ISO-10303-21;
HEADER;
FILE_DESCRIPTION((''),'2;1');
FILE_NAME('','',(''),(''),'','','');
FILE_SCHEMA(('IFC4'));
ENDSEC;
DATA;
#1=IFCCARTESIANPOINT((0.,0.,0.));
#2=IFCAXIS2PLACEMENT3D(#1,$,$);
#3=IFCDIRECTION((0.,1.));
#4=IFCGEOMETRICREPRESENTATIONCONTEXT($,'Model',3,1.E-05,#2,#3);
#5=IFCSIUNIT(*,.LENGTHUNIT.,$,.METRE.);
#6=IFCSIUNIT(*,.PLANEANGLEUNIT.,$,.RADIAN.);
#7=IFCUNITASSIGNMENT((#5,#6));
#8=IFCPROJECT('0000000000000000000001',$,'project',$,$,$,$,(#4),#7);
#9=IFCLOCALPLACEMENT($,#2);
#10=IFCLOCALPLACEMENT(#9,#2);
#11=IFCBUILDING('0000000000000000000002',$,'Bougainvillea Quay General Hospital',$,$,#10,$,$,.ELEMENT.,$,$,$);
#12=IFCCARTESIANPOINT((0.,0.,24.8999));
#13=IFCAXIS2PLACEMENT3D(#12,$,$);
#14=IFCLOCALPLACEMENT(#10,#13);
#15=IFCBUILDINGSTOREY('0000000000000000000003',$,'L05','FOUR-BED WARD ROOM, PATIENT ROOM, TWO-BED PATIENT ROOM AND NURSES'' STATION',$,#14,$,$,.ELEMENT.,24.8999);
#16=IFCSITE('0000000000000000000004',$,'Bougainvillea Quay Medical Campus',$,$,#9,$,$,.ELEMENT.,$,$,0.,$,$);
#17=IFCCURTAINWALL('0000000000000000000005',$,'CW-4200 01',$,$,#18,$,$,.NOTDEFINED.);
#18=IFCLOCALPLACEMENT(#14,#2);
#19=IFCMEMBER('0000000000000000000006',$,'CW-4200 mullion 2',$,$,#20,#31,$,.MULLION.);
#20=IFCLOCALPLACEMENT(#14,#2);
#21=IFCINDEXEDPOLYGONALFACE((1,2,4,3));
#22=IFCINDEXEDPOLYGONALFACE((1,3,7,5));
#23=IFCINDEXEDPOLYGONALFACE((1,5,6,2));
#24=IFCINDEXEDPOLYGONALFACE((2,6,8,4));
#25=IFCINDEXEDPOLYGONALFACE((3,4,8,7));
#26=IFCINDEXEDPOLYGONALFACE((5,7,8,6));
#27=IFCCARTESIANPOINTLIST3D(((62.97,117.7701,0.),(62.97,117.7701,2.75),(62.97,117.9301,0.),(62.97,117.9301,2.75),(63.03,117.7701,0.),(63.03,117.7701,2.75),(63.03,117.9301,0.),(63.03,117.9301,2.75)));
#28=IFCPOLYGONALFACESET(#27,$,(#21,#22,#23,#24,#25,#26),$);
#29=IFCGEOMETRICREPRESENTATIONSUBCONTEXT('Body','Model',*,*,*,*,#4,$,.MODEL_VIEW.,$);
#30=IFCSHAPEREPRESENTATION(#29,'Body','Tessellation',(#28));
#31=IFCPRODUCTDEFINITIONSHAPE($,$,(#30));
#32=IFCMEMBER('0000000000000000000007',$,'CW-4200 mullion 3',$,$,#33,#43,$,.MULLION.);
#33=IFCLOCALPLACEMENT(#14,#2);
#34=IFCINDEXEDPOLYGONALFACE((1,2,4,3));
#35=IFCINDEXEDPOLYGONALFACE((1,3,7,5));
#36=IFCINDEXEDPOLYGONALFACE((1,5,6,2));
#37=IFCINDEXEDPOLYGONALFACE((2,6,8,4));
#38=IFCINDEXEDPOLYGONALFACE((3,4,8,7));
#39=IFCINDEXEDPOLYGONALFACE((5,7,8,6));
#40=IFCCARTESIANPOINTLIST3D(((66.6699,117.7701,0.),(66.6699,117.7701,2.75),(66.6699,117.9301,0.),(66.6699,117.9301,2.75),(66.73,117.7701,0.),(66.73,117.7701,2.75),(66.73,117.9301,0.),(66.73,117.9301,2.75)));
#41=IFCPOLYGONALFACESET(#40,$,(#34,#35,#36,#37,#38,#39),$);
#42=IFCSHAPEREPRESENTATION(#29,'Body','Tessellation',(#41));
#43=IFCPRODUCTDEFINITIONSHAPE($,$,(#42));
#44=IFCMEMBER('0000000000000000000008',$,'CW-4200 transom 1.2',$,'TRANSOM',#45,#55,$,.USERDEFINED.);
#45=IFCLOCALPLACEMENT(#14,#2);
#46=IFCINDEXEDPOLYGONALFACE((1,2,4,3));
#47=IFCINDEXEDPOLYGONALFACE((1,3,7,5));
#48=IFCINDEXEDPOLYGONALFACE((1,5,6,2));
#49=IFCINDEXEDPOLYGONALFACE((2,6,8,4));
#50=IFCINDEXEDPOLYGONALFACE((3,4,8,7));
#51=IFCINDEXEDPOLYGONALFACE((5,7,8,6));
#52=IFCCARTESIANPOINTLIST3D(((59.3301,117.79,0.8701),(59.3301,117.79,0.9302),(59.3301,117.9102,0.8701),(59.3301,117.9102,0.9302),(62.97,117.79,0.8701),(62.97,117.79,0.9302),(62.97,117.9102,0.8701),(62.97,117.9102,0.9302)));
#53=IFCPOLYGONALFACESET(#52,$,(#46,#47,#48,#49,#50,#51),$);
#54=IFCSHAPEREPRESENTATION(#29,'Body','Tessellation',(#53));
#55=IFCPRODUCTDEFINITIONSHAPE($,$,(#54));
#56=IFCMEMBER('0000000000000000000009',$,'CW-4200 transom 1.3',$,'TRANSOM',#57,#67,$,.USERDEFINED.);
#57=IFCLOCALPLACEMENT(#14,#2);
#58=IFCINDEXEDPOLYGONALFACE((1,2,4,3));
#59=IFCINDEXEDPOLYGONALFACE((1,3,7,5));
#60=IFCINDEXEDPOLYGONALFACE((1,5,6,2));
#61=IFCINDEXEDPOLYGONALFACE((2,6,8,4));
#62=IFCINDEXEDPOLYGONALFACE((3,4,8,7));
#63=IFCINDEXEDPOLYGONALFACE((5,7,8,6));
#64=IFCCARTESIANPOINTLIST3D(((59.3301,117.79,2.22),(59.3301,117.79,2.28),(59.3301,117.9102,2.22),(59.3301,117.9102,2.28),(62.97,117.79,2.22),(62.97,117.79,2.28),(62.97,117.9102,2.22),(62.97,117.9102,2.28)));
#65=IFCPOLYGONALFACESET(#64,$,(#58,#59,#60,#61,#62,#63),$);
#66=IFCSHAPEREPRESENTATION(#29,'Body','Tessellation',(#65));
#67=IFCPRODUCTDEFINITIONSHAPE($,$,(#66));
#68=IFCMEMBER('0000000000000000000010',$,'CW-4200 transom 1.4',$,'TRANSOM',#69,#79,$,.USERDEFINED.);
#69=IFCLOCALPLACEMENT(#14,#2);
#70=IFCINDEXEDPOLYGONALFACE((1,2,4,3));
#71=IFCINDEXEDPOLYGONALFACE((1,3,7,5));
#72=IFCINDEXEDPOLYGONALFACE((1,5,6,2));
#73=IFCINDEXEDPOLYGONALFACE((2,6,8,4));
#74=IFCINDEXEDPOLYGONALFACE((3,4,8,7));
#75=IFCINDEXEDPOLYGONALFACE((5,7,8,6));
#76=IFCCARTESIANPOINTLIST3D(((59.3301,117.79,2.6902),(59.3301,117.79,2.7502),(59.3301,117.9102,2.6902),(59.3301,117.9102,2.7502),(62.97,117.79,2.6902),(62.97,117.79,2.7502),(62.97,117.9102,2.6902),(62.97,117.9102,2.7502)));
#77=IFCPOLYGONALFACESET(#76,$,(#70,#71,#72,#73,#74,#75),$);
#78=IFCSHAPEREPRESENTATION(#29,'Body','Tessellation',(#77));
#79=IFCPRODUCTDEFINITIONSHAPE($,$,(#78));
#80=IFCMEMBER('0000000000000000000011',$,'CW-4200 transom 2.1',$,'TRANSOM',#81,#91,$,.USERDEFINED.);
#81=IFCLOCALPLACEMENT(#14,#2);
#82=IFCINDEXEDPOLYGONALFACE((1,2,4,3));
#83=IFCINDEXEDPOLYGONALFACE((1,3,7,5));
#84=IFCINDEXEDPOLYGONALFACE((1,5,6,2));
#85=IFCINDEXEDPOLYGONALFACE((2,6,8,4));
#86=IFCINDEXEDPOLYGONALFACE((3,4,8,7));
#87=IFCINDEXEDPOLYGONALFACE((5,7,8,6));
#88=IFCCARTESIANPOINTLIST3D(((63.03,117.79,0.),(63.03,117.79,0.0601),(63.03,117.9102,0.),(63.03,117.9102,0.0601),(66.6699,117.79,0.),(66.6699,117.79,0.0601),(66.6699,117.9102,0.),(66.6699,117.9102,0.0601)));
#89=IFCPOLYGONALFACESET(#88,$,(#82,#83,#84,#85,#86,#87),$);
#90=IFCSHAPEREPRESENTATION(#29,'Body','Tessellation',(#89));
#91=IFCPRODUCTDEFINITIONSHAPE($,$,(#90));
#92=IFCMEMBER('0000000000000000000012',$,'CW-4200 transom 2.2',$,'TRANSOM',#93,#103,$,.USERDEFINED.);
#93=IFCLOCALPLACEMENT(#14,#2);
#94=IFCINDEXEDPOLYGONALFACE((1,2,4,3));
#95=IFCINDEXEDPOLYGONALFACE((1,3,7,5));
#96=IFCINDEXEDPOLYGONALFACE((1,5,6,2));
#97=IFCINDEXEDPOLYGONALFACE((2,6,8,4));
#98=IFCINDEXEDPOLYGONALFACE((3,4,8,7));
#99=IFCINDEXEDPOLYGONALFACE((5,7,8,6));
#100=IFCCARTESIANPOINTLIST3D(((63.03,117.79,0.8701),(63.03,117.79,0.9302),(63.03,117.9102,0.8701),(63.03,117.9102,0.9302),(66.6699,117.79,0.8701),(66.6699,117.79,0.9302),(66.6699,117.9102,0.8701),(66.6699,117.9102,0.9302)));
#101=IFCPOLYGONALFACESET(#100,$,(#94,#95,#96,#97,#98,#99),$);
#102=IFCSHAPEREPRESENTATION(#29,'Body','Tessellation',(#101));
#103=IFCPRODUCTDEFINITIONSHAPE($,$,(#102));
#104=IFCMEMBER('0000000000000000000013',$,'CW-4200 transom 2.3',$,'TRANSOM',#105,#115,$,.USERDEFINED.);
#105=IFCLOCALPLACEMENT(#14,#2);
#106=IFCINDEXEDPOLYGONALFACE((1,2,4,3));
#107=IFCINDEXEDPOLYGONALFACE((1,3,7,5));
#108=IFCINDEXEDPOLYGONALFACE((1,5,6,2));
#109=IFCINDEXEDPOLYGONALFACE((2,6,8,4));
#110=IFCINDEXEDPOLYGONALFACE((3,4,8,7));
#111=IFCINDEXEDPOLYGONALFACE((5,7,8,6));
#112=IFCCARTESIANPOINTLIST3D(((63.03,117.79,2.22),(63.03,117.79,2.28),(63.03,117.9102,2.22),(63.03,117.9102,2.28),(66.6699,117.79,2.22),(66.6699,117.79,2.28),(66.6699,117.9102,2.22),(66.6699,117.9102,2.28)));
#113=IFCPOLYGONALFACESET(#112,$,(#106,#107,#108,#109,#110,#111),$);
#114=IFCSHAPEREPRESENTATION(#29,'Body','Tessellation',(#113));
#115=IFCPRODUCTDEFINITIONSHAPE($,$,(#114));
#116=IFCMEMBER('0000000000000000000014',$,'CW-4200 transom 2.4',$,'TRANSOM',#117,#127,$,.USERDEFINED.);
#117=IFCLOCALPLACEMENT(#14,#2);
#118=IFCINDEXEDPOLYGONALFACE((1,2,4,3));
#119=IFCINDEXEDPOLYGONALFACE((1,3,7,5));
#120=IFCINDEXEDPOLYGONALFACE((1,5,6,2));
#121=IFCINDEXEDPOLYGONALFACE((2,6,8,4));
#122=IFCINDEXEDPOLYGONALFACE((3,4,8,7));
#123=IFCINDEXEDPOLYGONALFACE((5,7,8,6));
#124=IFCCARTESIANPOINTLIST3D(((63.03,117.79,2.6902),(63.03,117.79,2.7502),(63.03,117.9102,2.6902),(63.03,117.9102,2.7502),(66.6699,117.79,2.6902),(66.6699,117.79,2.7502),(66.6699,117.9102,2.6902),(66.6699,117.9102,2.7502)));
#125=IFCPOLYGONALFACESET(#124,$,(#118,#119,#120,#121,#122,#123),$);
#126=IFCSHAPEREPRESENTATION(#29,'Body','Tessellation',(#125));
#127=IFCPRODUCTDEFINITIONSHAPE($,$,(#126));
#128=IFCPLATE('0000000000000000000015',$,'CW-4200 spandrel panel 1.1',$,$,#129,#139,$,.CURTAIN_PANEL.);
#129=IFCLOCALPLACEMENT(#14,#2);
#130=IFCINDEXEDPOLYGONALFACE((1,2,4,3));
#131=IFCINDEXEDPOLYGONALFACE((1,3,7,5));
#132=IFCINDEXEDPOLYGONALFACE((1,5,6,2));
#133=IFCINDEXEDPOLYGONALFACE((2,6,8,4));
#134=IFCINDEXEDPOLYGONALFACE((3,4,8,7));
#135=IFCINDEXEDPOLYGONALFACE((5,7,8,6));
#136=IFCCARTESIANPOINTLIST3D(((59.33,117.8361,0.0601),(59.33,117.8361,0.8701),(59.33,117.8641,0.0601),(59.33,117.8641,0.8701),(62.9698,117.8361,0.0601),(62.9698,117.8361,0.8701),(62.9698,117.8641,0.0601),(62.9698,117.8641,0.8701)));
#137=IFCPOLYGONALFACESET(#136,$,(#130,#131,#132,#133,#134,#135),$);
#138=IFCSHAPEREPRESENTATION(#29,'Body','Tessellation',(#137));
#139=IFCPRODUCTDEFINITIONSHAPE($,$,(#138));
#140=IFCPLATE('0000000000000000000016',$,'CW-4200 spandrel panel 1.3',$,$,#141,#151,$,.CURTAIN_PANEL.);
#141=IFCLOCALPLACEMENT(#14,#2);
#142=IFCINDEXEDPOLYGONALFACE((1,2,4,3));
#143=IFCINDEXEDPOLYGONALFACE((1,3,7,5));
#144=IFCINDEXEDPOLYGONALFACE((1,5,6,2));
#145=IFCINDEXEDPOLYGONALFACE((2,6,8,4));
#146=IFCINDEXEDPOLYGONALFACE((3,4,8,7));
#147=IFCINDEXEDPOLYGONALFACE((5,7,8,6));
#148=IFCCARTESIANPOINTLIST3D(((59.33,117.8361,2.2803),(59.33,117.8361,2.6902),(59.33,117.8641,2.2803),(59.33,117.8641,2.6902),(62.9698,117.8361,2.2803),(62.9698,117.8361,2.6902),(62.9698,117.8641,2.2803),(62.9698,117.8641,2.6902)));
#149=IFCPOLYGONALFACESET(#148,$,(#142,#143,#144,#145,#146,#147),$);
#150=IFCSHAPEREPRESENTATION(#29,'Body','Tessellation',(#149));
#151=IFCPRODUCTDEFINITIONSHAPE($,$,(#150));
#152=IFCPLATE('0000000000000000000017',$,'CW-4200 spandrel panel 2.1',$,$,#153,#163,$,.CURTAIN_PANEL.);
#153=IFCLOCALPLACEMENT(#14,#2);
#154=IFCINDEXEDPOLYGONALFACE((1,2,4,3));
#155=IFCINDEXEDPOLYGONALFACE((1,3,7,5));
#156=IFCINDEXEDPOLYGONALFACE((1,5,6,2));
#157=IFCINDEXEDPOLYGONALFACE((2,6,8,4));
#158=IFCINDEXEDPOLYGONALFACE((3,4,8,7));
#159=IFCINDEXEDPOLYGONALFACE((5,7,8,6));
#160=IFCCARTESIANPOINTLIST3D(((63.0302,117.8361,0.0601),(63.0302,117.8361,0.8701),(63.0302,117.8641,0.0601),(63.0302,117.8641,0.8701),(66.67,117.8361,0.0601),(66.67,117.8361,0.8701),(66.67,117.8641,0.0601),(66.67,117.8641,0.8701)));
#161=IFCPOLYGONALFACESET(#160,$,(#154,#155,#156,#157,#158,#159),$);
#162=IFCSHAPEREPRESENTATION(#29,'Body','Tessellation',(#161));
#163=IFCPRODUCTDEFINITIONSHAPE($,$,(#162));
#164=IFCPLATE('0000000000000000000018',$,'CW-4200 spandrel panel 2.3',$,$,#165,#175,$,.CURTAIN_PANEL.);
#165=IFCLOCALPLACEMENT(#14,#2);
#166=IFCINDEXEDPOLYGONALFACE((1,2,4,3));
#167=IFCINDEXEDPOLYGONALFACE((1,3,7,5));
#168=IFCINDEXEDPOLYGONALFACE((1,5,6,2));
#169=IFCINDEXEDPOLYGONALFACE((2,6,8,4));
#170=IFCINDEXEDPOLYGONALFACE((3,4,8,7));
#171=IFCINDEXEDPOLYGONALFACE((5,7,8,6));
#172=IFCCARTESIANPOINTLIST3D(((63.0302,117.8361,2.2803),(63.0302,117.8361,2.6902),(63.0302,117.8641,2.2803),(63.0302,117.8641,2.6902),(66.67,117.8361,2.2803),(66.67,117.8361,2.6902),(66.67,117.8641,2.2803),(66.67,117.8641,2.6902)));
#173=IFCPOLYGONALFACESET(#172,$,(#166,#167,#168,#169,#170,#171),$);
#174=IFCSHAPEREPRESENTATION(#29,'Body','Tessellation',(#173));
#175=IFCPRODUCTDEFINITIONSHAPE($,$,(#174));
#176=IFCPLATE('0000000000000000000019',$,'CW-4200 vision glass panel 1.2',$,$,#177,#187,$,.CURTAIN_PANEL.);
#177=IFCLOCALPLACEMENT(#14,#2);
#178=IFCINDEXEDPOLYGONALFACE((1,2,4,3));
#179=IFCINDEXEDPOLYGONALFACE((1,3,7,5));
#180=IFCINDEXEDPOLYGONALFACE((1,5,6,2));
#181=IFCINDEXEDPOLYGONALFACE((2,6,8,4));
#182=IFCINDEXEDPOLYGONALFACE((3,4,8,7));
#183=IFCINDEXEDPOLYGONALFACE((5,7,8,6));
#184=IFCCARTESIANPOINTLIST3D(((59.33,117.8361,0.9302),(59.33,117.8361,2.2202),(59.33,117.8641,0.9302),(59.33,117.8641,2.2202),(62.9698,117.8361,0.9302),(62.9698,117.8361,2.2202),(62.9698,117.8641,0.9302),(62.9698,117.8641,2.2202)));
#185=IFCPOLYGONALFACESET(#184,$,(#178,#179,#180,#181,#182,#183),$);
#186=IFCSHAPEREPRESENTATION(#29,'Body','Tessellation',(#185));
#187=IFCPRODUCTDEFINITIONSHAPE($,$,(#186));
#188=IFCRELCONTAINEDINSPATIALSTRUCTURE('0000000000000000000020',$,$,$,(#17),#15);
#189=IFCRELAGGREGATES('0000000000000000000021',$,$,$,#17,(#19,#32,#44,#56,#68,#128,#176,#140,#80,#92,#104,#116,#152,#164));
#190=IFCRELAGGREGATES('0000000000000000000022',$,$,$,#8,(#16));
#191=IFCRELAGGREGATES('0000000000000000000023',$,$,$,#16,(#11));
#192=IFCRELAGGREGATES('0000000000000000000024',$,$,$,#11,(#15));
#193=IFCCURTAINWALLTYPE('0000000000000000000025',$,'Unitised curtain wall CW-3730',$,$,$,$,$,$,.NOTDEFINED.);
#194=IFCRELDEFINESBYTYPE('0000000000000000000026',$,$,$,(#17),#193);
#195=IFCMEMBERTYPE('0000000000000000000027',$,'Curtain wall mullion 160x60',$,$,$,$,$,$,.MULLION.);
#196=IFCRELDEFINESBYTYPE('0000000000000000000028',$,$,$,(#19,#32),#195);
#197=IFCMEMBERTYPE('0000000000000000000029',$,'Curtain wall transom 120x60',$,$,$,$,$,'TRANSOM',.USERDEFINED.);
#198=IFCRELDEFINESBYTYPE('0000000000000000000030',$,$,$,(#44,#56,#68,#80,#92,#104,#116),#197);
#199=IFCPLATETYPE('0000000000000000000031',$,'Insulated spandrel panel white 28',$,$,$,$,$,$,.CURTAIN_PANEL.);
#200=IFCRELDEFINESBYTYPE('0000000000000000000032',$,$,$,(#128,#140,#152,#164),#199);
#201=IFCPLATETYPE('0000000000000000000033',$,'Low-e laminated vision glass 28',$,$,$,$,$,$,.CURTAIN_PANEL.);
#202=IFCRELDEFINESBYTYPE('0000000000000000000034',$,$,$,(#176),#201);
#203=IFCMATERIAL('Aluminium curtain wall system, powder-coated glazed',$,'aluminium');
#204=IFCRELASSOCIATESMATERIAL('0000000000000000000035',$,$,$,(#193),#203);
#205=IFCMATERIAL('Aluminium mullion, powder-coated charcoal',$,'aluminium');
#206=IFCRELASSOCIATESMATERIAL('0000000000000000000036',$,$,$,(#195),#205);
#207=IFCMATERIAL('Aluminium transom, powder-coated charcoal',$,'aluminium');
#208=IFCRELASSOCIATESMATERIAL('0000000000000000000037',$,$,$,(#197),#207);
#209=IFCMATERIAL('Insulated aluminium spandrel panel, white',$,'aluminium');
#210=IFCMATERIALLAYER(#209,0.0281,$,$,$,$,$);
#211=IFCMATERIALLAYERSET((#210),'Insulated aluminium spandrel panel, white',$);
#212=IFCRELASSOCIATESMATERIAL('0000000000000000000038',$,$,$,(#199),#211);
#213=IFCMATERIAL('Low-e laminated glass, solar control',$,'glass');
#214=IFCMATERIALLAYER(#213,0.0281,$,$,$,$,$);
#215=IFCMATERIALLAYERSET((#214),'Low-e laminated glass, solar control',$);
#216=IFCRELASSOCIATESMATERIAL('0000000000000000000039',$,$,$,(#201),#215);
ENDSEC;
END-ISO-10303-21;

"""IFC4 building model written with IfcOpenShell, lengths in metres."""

from ifc_helpers import new_model, si_unit, direction, frame, origin, origin_2d, place, context, subcontext, project, spatial, rectangle, extrude, material, layer, layer_set, material_profile, profile_set, type_object, element, aggregate, save


model = new_model("IFC4")

# Units and contexts
model_context = context("Model", 3, precision=1e-05, world=origin(), true_north=direction((0.0, 1.0)))
body_context = subcontext(model_context, "Body", "Model", "MODEL_VIEW")
ifc_project = project(units=[si_unit("LENGTHUNIT", "METRE"), si_unit("PLANEANGLEUNIT", "RADIAN")], contexts=[model_context])

# Site, building, storey
site_placement = place(None, origin())
site = spatial("IfcSite", under=ifc_project, at=site_placement, Name="Bougainvillea Quay Medical Campus", CompositionType="ELEMENT", RefElevation=0.0)
building_placement = place(site_placement, origin())
building = spatial("IfcBuilding", under=site, at=building_placement, Name="Bougainvillea Quay General Hospital", CompositionType="ELEMENT")
storey_placement = place(building_placement, frame((0.0, 0.0, 24.8999)))
storey = spatial("IfcBuildingStorey", under=building, at=storey_placement, Name="L05", Description="FOUR-BED WARD ROOM, PATIENT ROOM, TWO-BED PATIENT ROOM AND NURSES' STATION", CompositionType="ELEMENT", Elevation=24.8999)

# Curtain wall, members, plates
ifc_material_1 = material(Name="Aluminium curtain wall system, powder-coated glazed", Category="aluminium")
curtain_wall_type = type_object("IfcCurtainWallType", Name="Unitised curtain wall CW-3730", PredefinedType="NOTDEFINED", material=ifc_material_1)
curtain_wall_placement = place(storey_placement, origin())
curtain_wall = element("IfcCurtainWall", 1, at=curtain_wall_placement, inside=storey, type_object=curtain_wall_type, Name="CW-4200 01", PredefinedType="NOTDEFINED")
ifc_material_2 = material(Name="Aluminium mullion, powder-coated charcoal", Category="aluminium")
ifc_material_profile_1 = material_profile(ifc_material_2, rectangle(XDim=0.1599, YDim=0.0601, at=origin_2d()))
ifc_profile_set_1 = profile_set([ifc_material_profile_1], Name="Aluminium mullion, powder-coated charcoal")
member_type_1 = type_object("IfcMemberType", Name="Curtain wall mullion 160x60", PredefinedType="MULLION", material=ifc_profile_set_1)
member_1_placement = place(storey_placement, frame((63.0, 117.8501, 0.0), z_axis=(0.0, 0.0, 1.0), x_axis=(0.0, 1.0, 0.0)))
member_1 = element("IfcMember", 2, at=member_1_placement, type_object=member_type_1, Name="CW-4200 mullion 2", PredefinedType="MULLION", context=body_context, shape_type="SweptSolid", body=[
    extrude(rectangle(XDim=0.1599, YDim=0.0601, at=origin_2d()), origin(), (0.0, 0.0, 1.0), 2.75),
])
member_2_placement = place(storey_placement, frame((66.7, 117.8501, 0.0), z_axis=(0.0, 0.0, 1.0), x_axis=(0.0, 1.0, 0.0)))
member_2 = element("IfcMember", 3, at=member_2_placement, type_object=member_type_1, Name="CW-4200 mullion 3", PredefinedType="MULLION", context=body_context, shape_type="SweptSolid", body=[
    extrude(rectangle(XDim=0.1599, YDim=0.0601, at=origin_2d()), origin(), (0.0, 0.0, 1.0), 2.75),
])
ifc_material_3 = material(Name="Aluminium transom, powder-coated charcoal", Category="aluminium")
ifc_material_profile_2 = material_profile(ifc_material_3, rectangle(XDim=0.1201, YDim=0.0601, at=origin_2d()))
ifc_profile_set_2 = profile_set([ifc_material_profile_2], Name="Aluminium transom, powder-coated charcoal")
member_type_2 = type_object("IfcMemberType", Name="Curtain wall transom 120x60", ElementType="TRANSOM", PredefinedType="USERDEFINED", material=ifc_profile_set_2)
member_3_placement = place(storey_placement, frame((59.3301, 117.8501, 0.9001), z_axis=(1.0, 0.0, 0.0), x_axis=(0.0, 1.0, 0.0)))
member_3 = element("IfcMember", 4, at=member_3_placement, type_object=member_type_2, Name="CW-4200 transom 1.2", ObjectType="TRANSOM", PredefinedType="USERDEFINED", context=body_context, shape_type="SweptSolid", body=[
    extrude(rectangle(XDim=0.1201, YDim=0.0601, at=origin_2d()), origin(), (0.0, 0.0, 1.0), 3.6399),
])
member_4_placement = place(storey_placement, frame((59.3301, 117.8501, 2.25), z_axis=(1.0, 0.0, 0.0), x_axis=(0.0, 1.0, 0.0)))
member_4 = element("IfcMember", 5, at=member_4_placement, type_object=member_type_2, Name="CW-4200 transom 1.3", ObjectType="TRANSOM", PredefinedType="USERDEFINED", context=body_context, shape_type="SweptSolid", body=[
    extrude(rectangle(XDim=0.1201, YDim=0.0601, at=origin_2d()), origin(), (0.0, 0.0, 1.0), 3.6399),
])
member_5_placement = place(storey_placement, frame((59.3301, 117.8501, 2.7202), z_axis=(1.0, 0.0, 0.0), x_axis=(0.0, 1.0, 0.0)))
member_5 = element("IfcMember", 6, at=member_5_placement, type_object=member_type_2, Name="CW-4200 transom 1.4", ObjectType="TRANSOM", PredefinedType="USERDEFINED", context=body_context, shape_type="SweptSolid", body=[
    extrude(rectangle(XDim=0.1201, YDim=0.0601, at=origin_2d()), origin(), (0.0, 0.0, 1.0), 3.6399),
])
member_6_placement = place(storey_placement, frame((63.03, 117.8501, 0.03), z_axis=(1.0, 0.0, 0.0), x_axis=(0.0, 1.0, 0.0)))
member_6 = element("IfcMember", 7, at=member_6_placement, type_object=member_type_2, Name="CW-4200 transom 2.1", ObjectType="TRANSOM", PredefinedType="USERDEFINED", context=body_context, shape_type="SweptSolid", body=[
    extrude(rectangle(XDim=0.1201, YDim=0.0601, at=origin_2d()), origin(), (0.0, 0.0, 1.0), 3.6399),
])
member_7_placement = place(storey_placement, frame((63.03, 117.8501, 0.9001), z_axis=(1.0, 0.0, 0.0), x_axis=(0.0, 1.0, 0.0)))
member_7 = element("IfcMember", 8, at=member_7_placement, type_object=member_type_2, Name="CW-4200 transom 2.2", ObjectType="TRANSOM", PredefinedType="USERDEFINED", context=body_context, shape_type="SweptSolid", body=[
    extrude(rectangle(XDim=0.1201, YDim=0.0601, at=origin_2d()), origin(), (0.0, 0.0, 1.0), 3.6399),
])
member_8_placement = place(storey_placement, frame((63.03, 117.8501, 2.25), z_axis=(1.0, 0.0, 0.0), x_axis=(0.0, 1.0, 0.0)))
member_8 = element("IfcMember", 9, at=member_8_placement, type_object=member_type_2, Name="CW-4200 transom 2.3", ObjectType="TRANSOM", PredefinedType="USERDEFINED", context=body_context, shape_type="SweptSolid", body=[
    extrude(rectangle(XDim=0.1201, YDim=0.0601, at=origin_2d()), origin(), (0.0, 0.0, 1.0), 3.6399),
])
member_9_placement = place(storey_placement, frame((63.03, 117.8501, 2.7202), z_axis=(1.0, 0.0, 0.0), x_axis=(0.0, 1.0, 0.0)))
member_9 = element("IfcMember", 10, at=member_9_placement, type_object=member_type_2, Name="CW-4200 transom 2.4", ObjectType="TRANSOM", PredefinedType="USERDEFINED", context=body_context, shape_type="SweptSolid", body=[
    extrude(rectangle(XDim=0.1201, YDim=0.0601, at=origin_2d()), origin(), (0.0, 0.0, 1.0), 3.6399),
])
ifc_material_4 = material(Name="Insulated aluminium spandrel panel, white", Category="aluminium")
ifc_layer_1 = layer(ifc_material_4, 0.0281)
ifc_layer_set_1 = layer_set([ifc_layer_1], Name="Insulated aluminium spandrel panel, white")
plate_type_1 = type_object("IfcPlateType", Name="Insulated spandrel panel white 28", PredefinedType="CURTAIN_PANEL", material=ifc_layer_set_1)
plate_1_placement = place(storey_placement, frame((61.1499, 117.8501, 0.0601), z_axis=(0.0, 0.0, 1.0), x_axis=(1.0, 0.0, 0.0)))
plate_1 = element("IfcPlate", 11, at=plate_1_placement, type_object=plate_type_1, Name="CW-4200 spandrel panel 1.1", PredefinedType="CURTAIN_PANEL", context=body_context, shape_type="SweptSolid", body=[
    extrude(rectangle(XDim=3.6399, YDim=0.0281, at=origin_2d()), origin(), (0.0, 0.0, 1.0), 0.8101),
])
plate_2_placement = place(storey_placement, frame((61.1499, 117.8501, 2.2803), z_axis=(0.0, 0.0, 1.0), x_axis=(1.0, 0.0, 0.0)))
plate_2 = element("IfcPlate", 12, at=plate_2_placement, type_object=plate_type_1, Name="CW-4200 spandrel panel 1.3", PredefinedType="CURTAIN_PANEL", context=body_context, shape_type="SweptSolid", body=[
    extrude(rectangle(XDim=3.6399, YDim=0.0281, at=origin_2d()), origin(), (0.0, 0.0, 1.0), 0.4099),
])
plate_3_placement = place(storey_placement, frame((64.8501, 117.8501, 0.0601), z_axis=(0.0, 0.0, 1.0), x_axis=(1.0, 0.0, 0.0)))
plate_3 = element("IfcPlate", 13, at=plate_3_placement, type_object=plate_type_1, Name="CW-4200 spandrel panel 2.1", PredefinedType="CURTAIN_PANEL", context=body_context, shape_type="SweptSolid", body=[
    extrude(rectangle(XDim=3.6399, YDim=0.0281, at=origin_2d()), origin(), (0.0, 0.0, 1.0), 0.8101),
])
plate_4_placement = place(storey_placement, frame((64.8501, 117.8501, 2.2803), z_axis=(0.0, 0.0, 1.0), x_axis=(1.0, 0.0, 0.0)))
plate_4 = element("IfcPlate", 14, at=plate_4_placement, type_object=plate_type_1, Name="CW-4200 spandrel panel 2.3", PredefinedType="CURTAIN_PANEL", context=body_context, shape_type="SweptSolid", body=[
    extrude(rectangle(XDim=3.6399, YDim=0.0281, at=origin_2d()), origin(), (0.0, 0.0, 1.0), 0.4099),
])
ifc_material_5 = material(Name="Low-e laminated glass, solar control", Category="glass")
ifc_layer_2 = layer(ifc_material_5, 0.0281)
ifc_layer_set_2 = layer_set([ifc_layer_2], Name="Low-e laminated glass, solar control")
plate_type_2 = type_object("IfcPlateType", Name="Low-e laminated vision glass 28", PredefinedType="CURTAIN_PANEL", material=ifc_layer_set_2)
plate_5_placement = place(storey_placement, frame((61.1499, 117.8501, 0.9302), z_axis=(0.0, 0.0, 1.0), x_axis=(1.0, 0.0, 0.0)))
plate_5 = element("IfcPlate", 15, at=plate_5_placement, type_object=plate_type_2, Name="CW-4200 vision glass panel 1.2", PredefinedType="CURTAIN_PANEL", context=body_context, shape_type="SweptSolid", body=[
    extrude(rectangle(XDim=3.6399, YDim=0.0281, at=origin_2d()), origin(), (0.0, 0.0, 1.0), 1.29),
])
aggregate(curtain_wall, [member_1, member_2, member_3, member_4, member_5, plate_1, plate_5, plate_2, member_6, member_7, member_8, member_9, plate_3, plate_4])

save(model, "model.ifc")
